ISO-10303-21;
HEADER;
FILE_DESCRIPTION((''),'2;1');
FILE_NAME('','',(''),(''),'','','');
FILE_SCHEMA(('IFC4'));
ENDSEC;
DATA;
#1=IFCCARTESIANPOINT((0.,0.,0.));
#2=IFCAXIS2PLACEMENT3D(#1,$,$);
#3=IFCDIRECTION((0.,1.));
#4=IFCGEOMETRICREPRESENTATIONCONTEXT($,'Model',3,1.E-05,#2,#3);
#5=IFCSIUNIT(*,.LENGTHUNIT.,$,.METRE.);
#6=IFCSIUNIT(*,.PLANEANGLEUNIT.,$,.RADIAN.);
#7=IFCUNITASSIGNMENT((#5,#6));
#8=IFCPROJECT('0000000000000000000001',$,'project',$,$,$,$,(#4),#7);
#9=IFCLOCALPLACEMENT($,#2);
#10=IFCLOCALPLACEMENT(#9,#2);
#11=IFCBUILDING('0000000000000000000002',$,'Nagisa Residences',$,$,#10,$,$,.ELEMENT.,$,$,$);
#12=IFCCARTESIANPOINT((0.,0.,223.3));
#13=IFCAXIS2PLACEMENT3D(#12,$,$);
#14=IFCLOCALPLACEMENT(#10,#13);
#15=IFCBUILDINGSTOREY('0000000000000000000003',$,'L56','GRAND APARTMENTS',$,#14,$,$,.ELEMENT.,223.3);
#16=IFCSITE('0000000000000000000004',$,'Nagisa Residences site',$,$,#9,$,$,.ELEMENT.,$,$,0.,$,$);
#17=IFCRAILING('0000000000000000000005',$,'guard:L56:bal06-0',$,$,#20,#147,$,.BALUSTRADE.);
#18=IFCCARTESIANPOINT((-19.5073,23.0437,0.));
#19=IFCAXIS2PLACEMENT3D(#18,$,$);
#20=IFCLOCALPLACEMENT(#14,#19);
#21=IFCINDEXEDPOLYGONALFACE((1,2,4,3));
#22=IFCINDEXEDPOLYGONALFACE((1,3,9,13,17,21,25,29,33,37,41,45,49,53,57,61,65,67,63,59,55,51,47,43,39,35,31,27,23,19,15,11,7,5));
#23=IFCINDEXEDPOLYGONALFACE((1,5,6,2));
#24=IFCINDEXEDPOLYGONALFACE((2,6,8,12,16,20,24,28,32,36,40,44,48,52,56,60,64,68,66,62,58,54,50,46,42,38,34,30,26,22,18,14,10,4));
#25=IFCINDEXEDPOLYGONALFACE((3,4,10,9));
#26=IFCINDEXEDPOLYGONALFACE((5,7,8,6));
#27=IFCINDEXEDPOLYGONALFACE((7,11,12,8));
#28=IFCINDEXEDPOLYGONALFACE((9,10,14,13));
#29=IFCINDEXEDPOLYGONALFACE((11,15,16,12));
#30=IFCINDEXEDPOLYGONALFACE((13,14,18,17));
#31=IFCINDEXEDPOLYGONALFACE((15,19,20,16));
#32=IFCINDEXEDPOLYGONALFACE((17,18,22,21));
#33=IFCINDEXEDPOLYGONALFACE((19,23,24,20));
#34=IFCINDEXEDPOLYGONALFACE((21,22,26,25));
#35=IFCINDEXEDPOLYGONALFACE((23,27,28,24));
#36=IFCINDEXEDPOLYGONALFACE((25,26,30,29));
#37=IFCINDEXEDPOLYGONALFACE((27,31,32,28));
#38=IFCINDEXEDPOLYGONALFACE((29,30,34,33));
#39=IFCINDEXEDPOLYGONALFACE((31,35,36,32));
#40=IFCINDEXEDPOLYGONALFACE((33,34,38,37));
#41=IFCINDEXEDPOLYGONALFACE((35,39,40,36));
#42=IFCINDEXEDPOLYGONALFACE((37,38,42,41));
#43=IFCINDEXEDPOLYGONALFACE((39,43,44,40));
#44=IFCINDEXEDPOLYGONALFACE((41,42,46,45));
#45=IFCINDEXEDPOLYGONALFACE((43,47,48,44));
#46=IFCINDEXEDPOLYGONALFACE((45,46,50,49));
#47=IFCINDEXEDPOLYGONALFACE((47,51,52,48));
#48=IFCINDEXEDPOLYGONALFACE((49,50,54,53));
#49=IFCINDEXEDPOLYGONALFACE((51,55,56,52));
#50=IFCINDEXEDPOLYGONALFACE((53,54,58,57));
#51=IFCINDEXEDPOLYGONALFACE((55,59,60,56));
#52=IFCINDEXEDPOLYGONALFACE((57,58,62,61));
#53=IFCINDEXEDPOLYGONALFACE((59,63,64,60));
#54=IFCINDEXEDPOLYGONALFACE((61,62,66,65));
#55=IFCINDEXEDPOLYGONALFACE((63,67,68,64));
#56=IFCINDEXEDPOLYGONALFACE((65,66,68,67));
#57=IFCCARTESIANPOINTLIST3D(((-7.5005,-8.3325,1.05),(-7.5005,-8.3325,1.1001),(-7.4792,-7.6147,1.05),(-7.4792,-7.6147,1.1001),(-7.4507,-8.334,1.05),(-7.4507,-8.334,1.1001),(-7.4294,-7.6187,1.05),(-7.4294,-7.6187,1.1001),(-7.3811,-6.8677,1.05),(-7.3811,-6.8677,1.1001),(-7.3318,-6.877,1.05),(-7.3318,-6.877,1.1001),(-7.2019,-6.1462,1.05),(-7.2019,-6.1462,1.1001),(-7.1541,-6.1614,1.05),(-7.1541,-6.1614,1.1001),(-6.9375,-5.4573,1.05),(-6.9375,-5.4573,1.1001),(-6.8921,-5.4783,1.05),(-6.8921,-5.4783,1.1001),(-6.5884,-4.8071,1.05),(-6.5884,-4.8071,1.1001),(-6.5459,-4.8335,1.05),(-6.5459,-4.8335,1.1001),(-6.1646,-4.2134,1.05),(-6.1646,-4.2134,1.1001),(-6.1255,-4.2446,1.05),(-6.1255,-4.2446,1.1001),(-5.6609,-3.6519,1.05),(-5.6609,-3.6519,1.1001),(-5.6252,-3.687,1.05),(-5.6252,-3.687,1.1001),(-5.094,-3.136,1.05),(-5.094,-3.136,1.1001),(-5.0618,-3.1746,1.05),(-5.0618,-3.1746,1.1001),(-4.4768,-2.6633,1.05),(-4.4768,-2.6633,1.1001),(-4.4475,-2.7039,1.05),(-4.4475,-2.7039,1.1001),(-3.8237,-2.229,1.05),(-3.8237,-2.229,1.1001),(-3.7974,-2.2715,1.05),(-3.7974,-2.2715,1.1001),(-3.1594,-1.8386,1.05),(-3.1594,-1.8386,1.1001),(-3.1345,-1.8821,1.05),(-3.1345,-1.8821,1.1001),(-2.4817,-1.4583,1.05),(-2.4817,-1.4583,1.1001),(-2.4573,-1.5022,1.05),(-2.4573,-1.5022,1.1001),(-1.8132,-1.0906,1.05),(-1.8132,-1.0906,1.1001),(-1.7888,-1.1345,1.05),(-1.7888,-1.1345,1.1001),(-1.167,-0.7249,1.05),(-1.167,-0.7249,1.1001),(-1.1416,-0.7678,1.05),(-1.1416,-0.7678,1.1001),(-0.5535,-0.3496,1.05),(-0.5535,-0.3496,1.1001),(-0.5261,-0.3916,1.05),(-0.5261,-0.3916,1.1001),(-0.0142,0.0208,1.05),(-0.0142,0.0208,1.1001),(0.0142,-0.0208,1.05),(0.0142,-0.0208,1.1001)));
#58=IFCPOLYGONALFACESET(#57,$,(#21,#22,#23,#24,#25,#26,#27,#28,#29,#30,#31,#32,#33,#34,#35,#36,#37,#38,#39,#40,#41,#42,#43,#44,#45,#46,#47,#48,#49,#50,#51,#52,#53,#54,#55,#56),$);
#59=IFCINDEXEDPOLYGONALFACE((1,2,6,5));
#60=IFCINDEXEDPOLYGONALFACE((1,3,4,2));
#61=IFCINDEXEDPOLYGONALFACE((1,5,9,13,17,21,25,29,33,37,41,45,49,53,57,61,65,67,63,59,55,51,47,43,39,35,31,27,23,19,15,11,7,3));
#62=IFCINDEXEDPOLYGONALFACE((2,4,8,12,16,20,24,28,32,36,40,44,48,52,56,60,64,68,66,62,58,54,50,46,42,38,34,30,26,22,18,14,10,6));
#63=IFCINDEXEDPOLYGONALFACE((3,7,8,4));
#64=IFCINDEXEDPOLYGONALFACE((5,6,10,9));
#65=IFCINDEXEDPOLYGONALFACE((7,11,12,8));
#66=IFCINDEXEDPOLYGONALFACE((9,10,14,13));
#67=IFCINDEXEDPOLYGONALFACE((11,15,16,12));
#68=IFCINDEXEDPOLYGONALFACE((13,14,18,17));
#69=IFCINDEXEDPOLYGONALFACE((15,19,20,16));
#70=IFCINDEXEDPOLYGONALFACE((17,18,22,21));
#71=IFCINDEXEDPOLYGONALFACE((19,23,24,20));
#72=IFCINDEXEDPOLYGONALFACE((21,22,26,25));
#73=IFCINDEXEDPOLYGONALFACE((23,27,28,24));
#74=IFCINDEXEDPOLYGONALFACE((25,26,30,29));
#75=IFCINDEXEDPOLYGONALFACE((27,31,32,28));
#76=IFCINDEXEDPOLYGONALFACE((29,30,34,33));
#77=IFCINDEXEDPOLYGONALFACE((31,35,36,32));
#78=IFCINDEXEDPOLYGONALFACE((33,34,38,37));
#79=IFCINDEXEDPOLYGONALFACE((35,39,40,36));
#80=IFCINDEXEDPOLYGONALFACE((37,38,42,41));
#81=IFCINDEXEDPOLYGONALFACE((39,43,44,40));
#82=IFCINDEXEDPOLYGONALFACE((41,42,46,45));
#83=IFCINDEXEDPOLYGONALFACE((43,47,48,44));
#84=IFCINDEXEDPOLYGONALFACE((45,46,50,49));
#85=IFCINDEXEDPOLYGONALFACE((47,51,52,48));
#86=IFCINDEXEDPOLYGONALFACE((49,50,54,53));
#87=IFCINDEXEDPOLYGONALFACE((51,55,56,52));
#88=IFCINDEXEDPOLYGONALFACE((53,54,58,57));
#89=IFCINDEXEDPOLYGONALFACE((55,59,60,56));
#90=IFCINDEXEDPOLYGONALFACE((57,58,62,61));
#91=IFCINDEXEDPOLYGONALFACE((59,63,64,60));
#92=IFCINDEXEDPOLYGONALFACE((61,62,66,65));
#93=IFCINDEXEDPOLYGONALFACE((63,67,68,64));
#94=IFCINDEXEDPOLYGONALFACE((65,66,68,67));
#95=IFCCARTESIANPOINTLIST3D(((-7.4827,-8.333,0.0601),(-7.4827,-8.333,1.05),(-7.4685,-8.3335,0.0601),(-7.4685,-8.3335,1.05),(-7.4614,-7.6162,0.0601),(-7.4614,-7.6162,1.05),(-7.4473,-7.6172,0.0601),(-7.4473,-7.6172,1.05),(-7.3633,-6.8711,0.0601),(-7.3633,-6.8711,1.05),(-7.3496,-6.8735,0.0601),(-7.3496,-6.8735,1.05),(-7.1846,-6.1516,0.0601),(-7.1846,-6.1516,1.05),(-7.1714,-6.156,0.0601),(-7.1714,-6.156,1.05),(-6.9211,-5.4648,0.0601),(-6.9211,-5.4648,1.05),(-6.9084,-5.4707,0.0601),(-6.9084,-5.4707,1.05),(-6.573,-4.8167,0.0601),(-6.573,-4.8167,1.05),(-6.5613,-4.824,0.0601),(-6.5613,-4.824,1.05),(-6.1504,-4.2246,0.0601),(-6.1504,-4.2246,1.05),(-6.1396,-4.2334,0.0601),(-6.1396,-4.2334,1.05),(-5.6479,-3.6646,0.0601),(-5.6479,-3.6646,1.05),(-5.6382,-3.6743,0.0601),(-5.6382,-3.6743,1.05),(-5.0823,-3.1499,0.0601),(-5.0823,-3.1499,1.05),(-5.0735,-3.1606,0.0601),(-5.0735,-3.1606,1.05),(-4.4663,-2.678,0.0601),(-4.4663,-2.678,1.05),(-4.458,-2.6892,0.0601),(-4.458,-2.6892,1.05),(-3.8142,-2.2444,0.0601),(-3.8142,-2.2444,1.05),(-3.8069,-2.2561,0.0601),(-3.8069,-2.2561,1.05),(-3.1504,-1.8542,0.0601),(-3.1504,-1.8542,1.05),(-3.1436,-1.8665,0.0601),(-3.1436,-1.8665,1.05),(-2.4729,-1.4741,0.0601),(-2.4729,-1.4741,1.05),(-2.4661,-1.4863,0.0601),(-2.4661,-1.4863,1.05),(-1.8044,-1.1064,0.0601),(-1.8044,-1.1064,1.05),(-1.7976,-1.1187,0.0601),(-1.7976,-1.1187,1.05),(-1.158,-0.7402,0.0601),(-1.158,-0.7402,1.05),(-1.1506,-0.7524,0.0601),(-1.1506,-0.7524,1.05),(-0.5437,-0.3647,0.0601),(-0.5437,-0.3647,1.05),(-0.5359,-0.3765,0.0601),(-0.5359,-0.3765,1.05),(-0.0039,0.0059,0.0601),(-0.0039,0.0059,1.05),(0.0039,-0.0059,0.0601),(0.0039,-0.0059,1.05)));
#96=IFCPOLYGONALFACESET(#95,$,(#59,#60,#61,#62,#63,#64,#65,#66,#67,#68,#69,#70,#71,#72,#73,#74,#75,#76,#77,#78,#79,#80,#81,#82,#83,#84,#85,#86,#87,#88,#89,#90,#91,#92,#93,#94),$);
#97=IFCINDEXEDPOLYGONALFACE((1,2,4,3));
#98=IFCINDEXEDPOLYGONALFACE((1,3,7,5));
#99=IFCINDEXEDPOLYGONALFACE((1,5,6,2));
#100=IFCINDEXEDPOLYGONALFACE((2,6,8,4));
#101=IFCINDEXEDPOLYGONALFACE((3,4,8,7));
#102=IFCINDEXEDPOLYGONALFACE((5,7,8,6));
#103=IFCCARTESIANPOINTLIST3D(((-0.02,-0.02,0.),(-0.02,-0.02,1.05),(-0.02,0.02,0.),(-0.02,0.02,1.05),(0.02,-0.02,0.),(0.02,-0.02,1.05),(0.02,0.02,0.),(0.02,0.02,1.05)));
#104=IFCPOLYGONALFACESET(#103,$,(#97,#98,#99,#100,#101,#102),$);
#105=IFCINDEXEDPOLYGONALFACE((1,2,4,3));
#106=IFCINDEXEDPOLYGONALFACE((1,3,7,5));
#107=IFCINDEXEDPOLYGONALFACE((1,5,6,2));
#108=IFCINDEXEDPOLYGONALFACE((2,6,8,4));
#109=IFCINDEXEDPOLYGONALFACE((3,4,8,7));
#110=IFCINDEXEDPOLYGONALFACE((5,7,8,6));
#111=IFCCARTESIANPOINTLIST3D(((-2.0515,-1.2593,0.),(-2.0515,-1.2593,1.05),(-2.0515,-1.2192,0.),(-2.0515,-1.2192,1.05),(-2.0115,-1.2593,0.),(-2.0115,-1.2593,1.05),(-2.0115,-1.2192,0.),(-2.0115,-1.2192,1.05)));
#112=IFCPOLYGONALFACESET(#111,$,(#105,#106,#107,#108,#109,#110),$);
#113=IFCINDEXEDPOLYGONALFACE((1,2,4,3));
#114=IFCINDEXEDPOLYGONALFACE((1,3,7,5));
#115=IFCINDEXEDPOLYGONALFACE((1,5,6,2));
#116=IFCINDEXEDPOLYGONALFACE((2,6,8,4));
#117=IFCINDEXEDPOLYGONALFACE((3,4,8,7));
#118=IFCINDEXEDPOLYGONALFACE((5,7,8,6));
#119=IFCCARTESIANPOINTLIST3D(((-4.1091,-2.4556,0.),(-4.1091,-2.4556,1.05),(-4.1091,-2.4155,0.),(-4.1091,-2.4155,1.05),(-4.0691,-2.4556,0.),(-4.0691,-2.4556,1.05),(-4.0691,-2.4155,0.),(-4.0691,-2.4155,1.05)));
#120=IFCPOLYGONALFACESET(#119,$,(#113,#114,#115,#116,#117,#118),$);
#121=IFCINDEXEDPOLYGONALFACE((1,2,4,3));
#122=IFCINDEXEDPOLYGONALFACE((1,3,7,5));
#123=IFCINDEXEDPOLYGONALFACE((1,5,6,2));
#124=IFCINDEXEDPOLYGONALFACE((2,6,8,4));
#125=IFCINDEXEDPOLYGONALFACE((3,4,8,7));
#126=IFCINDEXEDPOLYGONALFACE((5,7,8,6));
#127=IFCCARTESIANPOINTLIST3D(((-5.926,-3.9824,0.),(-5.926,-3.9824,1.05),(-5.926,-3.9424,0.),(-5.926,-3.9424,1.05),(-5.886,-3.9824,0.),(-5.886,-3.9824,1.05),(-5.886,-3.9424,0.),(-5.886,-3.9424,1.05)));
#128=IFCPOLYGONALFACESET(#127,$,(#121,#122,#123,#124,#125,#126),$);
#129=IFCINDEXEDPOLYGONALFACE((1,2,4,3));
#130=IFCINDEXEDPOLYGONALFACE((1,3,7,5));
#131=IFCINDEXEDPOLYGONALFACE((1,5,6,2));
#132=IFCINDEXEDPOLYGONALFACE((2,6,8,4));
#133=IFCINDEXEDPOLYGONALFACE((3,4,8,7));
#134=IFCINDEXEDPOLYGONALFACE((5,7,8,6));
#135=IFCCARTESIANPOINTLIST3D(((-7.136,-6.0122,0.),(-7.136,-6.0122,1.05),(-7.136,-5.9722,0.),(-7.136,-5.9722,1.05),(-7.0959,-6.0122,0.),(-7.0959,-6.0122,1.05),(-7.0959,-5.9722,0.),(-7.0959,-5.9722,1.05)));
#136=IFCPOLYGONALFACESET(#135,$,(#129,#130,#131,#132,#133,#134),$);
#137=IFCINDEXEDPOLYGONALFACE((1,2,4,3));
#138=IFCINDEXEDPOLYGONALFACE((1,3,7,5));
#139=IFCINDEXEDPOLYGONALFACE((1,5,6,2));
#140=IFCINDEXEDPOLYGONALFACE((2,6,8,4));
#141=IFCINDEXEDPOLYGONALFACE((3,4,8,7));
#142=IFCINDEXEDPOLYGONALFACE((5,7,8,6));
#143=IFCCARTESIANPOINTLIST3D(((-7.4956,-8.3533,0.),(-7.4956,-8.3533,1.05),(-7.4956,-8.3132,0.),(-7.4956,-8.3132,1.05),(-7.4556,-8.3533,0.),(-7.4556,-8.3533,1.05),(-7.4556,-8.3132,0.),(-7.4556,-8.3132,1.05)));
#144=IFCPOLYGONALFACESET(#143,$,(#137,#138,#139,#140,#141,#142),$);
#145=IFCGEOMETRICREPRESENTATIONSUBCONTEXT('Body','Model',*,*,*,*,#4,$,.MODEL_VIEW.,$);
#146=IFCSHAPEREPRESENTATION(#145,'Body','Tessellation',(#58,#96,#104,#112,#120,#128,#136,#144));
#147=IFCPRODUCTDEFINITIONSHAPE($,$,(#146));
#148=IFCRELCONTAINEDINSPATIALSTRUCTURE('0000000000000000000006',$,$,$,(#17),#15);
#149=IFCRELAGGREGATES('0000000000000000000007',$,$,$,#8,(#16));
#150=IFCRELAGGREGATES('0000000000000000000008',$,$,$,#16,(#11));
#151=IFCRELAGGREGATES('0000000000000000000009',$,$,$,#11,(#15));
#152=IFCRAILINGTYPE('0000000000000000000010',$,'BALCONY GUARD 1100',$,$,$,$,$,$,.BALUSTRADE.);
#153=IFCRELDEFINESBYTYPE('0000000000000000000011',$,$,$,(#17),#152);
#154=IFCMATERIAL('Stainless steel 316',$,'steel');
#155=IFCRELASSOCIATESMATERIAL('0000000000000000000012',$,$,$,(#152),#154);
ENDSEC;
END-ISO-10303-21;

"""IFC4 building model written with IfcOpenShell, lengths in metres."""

from ifc_helpers import new_model, si_unit, direction, frame, origin, origin_2d, place, context, subcontext, project, spatial, polyline, rectangle, outline, extrude, material, type_object, element, save


model = new_model("IFC4")

# Units and contexts
model_context = context("Model", 3, precision=1e-05, world=origin(), true_north=direction((0.0, 1.0)))
body_context = subcontext(model_context, "Body", "Model", "MODEL_VIEW")
ifc_project = project(units=[si_unit("LENGTHUNIT", "METRE"), si_unit("PLANEANGLEUNIT", "RADIAN")], contexts=[model_context])

# Site, building, storey
site_placement = place(None, origin())
site = spatial("IfcSite", under=ifc_project, at=site_placement, Name="Nagisa Residences site", CompositionType="ELEMENT", RefElevation=0.0)
building_placement = place(site_placement, origin())
building = spatial("IfcBuilding", under=site, at=building_placement, Name="Nagisa Residences", CompositionType="ELEMENT")
storey_placement = place(building_placement, frame((0.0, 0.0, 223.3)))
storey = spatial("IfcBuildingStorey", under=building, at=storey_placement, Name="L56", Description="GRAND APARTMENTS", CompositionType="ELEMENT", Elevation=223.3)

# Railing
ifc_material_1 = material(Name="Stainless steel 316", Category="steel")
railing_type = type_object("IfcRailingType", Name="BALCONY GUARD 1100", PredefinedType="BALUSTRADE", material=ifc_material_1)
railing_placement = place(storey_placement, frame((-19.5073, 23.0437, 0.0)))
element("IfcRailing", 1, at=railing_placement, inside=storey, type_object=railing_type, Name="guard:L56:bal06-0", PredefinedType="BALUSTRADE", context=body_context, shape_type="SweptSolid", body=[
    extrude(outline(polyline([(-0.5261, -0.3916), (0.0142, -0.0208), (-0.0142, 0.0208), (-0.5535, -0.3496), (-1.167, -0.7249), (-1.8132, -1.0906), (-2.4817, -1.4583), (-3.1594, -1.8386), (-3.8237, -2.229), (-4.4768, -2.6633), (-5.094, -3.136), (-5.6609, -3.6519), (-6.1646, -4.2134), (-6.5884, -4.8071), (-6.9375, -5.4573), (-7.2019, -6.1462), (-7.3811, -6.8677), (-7.4792, -7.6147), (-7.5005, -8.3325), (-7.4507, -8.334), (-7.4294, -7.6187), (-7.3318, -6.877), (-7.1541, -6.1614), (-6.8921, -5.4783), (-6.5459, -4.8335), (-6.1255, -4.2446), (-5.6252, -3.687), (-5.0618, -3.1746), (-4.4475, -2.7039), (-3.7974, -2.2715), (-3.1345, -1.8821), (-2.4573, -1.5022), (-1.7888, -1.1345), (-1.1416, -0.7678), (-0.5261, -0.3916)])), frame((0.0, 0.0, 1.05)), (0.0, 0.0, 1.0), 0.05),
    extrude(outline(polyline([(-0.5359, -0.3765), (0.0039, -0.0059), (-0.0039, 0.0059), (-0.5437, -0.3647), (-1.158, -0.7402), (-1.8044, -1.1064), (-2.4729, -1.4741), (-3.1504, -1.8542), (-3.8142, -2.2444), (-4.4663, -2.678), (-5.0823, -3.1499), (-5.6479, -3.6646), (-6.1504, -4.2246), (-6.573, -4.8167), (-6.9211, -5.4648), (-7.1846, -6.1516), (-7.3633, -6.8711), (-7.4614, -7.6162), (-7.4827, -8.333), (-7.4685, -8.3335), (-7.4473, -7.6172), (-7.3496, -6.8735), (-7.1714, -6.156), (-6.9084, -5.4707), (-6.5613, -4.824), (-6.1396, -4.2334), (-5.6382, -3.6743), (-5.0735, -3.1606), (-4.458, -2.6892), (-3.8069, -2.2561), (-3.1436, -1.8665), (-2.4661, -1.4863), (-1.7976, -1.1187), (-1.1506, -0.7524), (-0.5359, -0.3765)])), frame((0.0, 0.0, 0.0601)), (0.0, 0.0, 1.0), 0.99),
    extrude(rectangle(XDim=0.04, YDim=0.04, at=origin_2d()), origin(), (0.0, 0.0, 1.0), 1.05),
    extrude(rectangle(XDim=0.04, YDim=0.04, at=origin_2d()), frame((-2.0315, -1.2393, 0.0)), (0.0, 0.0, 1.0), 1.05),
    extrude(rectangle(XDim=0.04, YDim=0.04, at=origin_2d()), frame((-4.0891, -2.4355, 0.0)), (0.0, 0.0, 1.0), 1.05),
    extrude(rectangle(XDim=0.04, YDim=0.04, at=origin_2d()), frame((-5.906, -3.9624, 0.0)), (0.0, 0.0, 1.0), 1.05),
    extrude(rectangle(XDim=0.04, YDim=0.04, at=origin_2d()), frame((-7.116, -5.9922, 0.0)), (0.0, 0.0, 1.0), 1.05),
    extrude(rectangle(XDim=0.04, YDim=0.04, at=origin_2d()), frame((-7.4756, -8.3333, 0.0)), (0.0, 0.0, 1.0), 1.05),
])

save(model, "model.ifc")
